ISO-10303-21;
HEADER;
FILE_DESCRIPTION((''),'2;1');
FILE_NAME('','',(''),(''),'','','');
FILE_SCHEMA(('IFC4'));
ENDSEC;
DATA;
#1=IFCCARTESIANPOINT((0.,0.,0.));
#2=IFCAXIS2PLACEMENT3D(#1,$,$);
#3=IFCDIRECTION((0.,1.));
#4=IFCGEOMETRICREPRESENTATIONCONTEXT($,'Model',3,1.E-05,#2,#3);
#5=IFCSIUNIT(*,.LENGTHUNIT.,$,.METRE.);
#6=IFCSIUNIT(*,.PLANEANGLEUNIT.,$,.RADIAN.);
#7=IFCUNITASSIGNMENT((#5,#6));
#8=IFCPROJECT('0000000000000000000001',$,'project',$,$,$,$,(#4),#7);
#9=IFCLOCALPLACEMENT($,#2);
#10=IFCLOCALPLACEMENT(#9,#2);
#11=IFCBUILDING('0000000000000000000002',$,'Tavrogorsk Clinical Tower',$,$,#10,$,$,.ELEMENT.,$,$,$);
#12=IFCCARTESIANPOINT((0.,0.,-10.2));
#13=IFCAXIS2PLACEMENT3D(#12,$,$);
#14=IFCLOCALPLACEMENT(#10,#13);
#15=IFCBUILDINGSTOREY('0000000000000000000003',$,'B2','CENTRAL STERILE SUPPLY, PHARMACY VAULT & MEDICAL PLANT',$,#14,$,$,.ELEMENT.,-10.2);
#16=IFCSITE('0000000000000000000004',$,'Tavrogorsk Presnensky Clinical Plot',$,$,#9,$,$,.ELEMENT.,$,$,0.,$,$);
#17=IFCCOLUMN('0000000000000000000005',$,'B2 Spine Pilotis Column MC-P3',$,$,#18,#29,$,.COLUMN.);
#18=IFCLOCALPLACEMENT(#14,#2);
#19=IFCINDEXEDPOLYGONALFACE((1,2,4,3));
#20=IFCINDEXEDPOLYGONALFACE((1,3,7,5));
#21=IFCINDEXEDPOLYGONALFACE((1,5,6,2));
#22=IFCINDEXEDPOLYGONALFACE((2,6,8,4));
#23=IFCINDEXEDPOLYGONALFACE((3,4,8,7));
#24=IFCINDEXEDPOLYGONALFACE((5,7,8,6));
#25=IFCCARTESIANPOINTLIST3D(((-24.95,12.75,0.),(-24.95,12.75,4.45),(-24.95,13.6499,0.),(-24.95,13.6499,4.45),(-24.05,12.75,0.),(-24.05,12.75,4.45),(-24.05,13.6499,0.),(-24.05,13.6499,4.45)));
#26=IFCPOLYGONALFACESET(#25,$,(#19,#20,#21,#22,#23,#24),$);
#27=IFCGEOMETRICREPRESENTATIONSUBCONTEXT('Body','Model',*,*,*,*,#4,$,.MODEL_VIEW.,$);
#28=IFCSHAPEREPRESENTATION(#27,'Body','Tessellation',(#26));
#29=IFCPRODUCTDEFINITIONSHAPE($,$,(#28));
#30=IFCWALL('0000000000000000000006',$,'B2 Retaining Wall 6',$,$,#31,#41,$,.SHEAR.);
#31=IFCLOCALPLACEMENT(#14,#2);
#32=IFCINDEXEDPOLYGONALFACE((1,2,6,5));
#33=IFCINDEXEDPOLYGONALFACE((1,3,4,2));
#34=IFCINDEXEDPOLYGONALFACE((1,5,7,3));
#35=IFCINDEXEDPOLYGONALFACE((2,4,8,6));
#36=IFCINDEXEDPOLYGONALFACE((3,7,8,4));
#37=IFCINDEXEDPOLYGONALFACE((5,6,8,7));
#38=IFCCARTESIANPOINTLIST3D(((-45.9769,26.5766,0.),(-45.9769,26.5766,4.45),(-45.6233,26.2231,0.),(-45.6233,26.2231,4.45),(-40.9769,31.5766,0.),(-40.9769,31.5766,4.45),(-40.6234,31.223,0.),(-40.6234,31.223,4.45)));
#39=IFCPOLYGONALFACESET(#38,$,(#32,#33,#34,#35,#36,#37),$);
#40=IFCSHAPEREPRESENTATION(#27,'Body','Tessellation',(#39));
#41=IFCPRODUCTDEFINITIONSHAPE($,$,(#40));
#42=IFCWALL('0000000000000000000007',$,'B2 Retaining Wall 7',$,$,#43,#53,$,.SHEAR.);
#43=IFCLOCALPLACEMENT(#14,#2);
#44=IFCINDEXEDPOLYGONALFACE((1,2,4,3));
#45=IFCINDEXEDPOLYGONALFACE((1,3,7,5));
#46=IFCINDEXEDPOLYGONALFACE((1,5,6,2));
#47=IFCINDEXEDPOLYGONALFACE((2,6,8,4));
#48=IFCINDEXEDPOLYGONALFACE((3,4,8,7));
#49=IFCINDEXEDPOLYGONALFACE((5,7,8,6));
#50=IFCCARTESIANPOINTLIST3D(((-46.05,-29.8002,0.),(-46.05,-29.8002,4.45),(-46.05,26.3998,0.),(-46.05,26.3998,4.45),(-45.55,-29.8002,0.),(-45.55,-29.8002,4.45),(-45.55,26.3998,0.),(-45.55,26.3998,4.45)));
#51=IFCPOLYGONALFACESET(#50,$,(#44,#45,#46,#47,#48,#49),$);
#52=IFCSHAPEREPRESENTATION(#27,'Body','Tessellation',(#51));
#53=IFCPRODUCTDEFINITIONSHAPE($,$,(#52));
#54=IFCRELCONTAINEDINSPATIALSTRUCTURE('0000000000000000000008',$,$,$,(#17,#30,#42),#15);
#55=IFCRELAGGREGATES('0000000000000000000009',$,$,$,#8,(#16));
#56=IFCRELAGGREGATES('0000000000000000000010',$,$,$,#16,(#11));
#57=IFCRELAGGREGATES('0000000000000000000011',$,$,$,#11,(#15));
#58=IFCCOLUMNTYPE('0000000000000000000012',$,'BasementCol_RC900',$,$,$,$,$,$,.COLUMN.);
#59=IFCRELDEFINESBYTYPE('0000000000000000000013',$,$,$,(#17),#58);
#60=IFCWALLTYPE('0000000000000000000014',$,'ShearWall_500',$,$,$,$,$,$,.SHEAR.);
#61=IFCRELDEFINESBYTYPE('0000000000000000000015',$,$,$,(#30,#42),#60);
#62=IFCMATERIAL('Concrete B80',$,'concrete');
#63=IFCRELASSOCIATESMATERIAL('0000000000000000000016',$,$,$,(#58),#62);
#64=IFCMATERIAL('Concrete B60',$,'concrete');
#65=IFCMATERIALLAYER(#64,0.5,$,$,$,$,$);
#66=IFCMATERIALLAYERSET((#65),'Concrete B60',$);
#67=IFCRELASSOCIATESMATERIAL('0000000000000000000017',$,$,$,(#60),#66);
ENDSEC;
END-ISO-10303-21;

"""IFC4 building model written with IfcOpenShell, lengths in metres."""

from ifc_helpers import new_model, si_unit, direction, frame, frame_2d, origin, origin_2d, place, context, subcontext, project, spatial, rectangle, extrude, material, layer, layer_set, material_profile, profile_set, type_object, element, save


model = new_model("IFC4")

# Units and contexts
model_context = context("Model", 3, precision=1e-05, world=origin(), true_north=direction((0.0, 1.0)))
body_context = subcontext(model_context, "Body", "Model", "MODEL_VIEW")
ifc_project = project(units=[si_unit("LENGTHUNIT", "METRE"), si_unit("PLANEANGLEUNIT", "RADIAN")], contexts=[model_context])

# Site, building, storey
site_placement = place(None, origin())
site = spatial("IfcSite", under=ifc_project, at=site_placement, Name="Tavrogorsk Presnensky Clinical Plot", CompositionType="ELEMENT", RefElevation=0.0)
building_placement = place(site_placement, origin())
building = spatial("IfcBuilding", under=site, at=building_placement, Name="Tavrogorsk Clinical Tower", CompositionType="ELEMENT")
storey_placement = place(building_placement, frame((0.0, 0.0, -10.2)))
storey = spatial("IfcBuildingStorey", under=building, at=storey_placement, Name="B2", Description="CENTRAL STERILE SUPPLY, PHARMACY VAULT & MEDICAL PLANT", CompositionType="ELEMENT", Elevation=-10.2)

# Column
ifc_material_1 = material(Name="Concrete B80", Category="concrete")
ifc_material_profile_1 = material_profile(ifc_material_1, rectangle(XDim=0.8999, YDim=0.8999, at=origin_2d()), Name="RC-COL-900x900")
ifc_profile_set_1 = profile_set([ifc_material_profile_1], Name="Concrete B80")
column_type_1 = type_object("IfcColumnType", Name="BasementCol_RC900", PredefinedType="COLUMN", material=ifc_profile_set_1)
column_placement = place(storey_placement, frame((-24.5, 13.2, 0.0), z_axis=(0.0, 0.0, 1.0), x_axis=(1.0, 0.0, 0.0)))
element("IfcColumn", 1, at=column_placement, inside=storey, type_object=column_type_1, Name="B2 Spine Pilotis Column MC-P3", PredefinedType="COLUMN", context=body_context, shape_type="SweptSolid", body=[
    extrude(rectangle(XDim=0.8999, YDim=0.8999, at=origin_2d()), origin(), (0.0, 0.0, 1.0), 4.45),
])

# Walls
ifc_material_2 = material(Name="Concrete B60", Category="concrete")
ifc_layer = layer(ifc_material_2, 0.5)
ifc_layer_set = layer_set([ifc_layer], Name="Concrete B60")
wall_type = type_object("IfcWallType", Name="ShearWall_500", PredefinedType="SHEAR", material=ifc_layer_set)
wall_1_placement = place(storey_placement, frame((-40.8, 31.3999, 0.0), z_axis=(0.0, 0.0, 1.0), x_axis=(-0.707107, -0.707107, 0.0)))
element("IfcWall", 2, at=wall_1_placement, inside=storey, type_object=wall_type, Name="B2 Retaining Wall 6", PredefinedType="SHEAR", context=body_context, shape_type="SweptSolid", body=[
    extrude(rectangle(XDim=7.071, YDim=0.5, at=frame_2d((3.5356, 0.0))), origin(), (0.0, 0.0, 1.0), 4.45),
])
wall_2_placement = place(storey_placement, frame((-45.8, 26.3999, 0.0), z_axis=(0.0, 0.0, 1.0), x_axis=(0.0, -1.0, 0.0)))
element("IfcWall", 3, at=wall_2_placement, inside=storey, type_object=wall_type, Name="B2 Retaining Wall 7", PredefinedType="SHEAR", context=body_context, shape_type="SweptSolid", body=[
    extrude(rectangle(XDim=56.2, YDim=0.5, at=frame_2d((28.1001, 0.0))), origin(), (0.0, 0.0, 1.0), 4.45),
])

save(model, "model.ifc")
